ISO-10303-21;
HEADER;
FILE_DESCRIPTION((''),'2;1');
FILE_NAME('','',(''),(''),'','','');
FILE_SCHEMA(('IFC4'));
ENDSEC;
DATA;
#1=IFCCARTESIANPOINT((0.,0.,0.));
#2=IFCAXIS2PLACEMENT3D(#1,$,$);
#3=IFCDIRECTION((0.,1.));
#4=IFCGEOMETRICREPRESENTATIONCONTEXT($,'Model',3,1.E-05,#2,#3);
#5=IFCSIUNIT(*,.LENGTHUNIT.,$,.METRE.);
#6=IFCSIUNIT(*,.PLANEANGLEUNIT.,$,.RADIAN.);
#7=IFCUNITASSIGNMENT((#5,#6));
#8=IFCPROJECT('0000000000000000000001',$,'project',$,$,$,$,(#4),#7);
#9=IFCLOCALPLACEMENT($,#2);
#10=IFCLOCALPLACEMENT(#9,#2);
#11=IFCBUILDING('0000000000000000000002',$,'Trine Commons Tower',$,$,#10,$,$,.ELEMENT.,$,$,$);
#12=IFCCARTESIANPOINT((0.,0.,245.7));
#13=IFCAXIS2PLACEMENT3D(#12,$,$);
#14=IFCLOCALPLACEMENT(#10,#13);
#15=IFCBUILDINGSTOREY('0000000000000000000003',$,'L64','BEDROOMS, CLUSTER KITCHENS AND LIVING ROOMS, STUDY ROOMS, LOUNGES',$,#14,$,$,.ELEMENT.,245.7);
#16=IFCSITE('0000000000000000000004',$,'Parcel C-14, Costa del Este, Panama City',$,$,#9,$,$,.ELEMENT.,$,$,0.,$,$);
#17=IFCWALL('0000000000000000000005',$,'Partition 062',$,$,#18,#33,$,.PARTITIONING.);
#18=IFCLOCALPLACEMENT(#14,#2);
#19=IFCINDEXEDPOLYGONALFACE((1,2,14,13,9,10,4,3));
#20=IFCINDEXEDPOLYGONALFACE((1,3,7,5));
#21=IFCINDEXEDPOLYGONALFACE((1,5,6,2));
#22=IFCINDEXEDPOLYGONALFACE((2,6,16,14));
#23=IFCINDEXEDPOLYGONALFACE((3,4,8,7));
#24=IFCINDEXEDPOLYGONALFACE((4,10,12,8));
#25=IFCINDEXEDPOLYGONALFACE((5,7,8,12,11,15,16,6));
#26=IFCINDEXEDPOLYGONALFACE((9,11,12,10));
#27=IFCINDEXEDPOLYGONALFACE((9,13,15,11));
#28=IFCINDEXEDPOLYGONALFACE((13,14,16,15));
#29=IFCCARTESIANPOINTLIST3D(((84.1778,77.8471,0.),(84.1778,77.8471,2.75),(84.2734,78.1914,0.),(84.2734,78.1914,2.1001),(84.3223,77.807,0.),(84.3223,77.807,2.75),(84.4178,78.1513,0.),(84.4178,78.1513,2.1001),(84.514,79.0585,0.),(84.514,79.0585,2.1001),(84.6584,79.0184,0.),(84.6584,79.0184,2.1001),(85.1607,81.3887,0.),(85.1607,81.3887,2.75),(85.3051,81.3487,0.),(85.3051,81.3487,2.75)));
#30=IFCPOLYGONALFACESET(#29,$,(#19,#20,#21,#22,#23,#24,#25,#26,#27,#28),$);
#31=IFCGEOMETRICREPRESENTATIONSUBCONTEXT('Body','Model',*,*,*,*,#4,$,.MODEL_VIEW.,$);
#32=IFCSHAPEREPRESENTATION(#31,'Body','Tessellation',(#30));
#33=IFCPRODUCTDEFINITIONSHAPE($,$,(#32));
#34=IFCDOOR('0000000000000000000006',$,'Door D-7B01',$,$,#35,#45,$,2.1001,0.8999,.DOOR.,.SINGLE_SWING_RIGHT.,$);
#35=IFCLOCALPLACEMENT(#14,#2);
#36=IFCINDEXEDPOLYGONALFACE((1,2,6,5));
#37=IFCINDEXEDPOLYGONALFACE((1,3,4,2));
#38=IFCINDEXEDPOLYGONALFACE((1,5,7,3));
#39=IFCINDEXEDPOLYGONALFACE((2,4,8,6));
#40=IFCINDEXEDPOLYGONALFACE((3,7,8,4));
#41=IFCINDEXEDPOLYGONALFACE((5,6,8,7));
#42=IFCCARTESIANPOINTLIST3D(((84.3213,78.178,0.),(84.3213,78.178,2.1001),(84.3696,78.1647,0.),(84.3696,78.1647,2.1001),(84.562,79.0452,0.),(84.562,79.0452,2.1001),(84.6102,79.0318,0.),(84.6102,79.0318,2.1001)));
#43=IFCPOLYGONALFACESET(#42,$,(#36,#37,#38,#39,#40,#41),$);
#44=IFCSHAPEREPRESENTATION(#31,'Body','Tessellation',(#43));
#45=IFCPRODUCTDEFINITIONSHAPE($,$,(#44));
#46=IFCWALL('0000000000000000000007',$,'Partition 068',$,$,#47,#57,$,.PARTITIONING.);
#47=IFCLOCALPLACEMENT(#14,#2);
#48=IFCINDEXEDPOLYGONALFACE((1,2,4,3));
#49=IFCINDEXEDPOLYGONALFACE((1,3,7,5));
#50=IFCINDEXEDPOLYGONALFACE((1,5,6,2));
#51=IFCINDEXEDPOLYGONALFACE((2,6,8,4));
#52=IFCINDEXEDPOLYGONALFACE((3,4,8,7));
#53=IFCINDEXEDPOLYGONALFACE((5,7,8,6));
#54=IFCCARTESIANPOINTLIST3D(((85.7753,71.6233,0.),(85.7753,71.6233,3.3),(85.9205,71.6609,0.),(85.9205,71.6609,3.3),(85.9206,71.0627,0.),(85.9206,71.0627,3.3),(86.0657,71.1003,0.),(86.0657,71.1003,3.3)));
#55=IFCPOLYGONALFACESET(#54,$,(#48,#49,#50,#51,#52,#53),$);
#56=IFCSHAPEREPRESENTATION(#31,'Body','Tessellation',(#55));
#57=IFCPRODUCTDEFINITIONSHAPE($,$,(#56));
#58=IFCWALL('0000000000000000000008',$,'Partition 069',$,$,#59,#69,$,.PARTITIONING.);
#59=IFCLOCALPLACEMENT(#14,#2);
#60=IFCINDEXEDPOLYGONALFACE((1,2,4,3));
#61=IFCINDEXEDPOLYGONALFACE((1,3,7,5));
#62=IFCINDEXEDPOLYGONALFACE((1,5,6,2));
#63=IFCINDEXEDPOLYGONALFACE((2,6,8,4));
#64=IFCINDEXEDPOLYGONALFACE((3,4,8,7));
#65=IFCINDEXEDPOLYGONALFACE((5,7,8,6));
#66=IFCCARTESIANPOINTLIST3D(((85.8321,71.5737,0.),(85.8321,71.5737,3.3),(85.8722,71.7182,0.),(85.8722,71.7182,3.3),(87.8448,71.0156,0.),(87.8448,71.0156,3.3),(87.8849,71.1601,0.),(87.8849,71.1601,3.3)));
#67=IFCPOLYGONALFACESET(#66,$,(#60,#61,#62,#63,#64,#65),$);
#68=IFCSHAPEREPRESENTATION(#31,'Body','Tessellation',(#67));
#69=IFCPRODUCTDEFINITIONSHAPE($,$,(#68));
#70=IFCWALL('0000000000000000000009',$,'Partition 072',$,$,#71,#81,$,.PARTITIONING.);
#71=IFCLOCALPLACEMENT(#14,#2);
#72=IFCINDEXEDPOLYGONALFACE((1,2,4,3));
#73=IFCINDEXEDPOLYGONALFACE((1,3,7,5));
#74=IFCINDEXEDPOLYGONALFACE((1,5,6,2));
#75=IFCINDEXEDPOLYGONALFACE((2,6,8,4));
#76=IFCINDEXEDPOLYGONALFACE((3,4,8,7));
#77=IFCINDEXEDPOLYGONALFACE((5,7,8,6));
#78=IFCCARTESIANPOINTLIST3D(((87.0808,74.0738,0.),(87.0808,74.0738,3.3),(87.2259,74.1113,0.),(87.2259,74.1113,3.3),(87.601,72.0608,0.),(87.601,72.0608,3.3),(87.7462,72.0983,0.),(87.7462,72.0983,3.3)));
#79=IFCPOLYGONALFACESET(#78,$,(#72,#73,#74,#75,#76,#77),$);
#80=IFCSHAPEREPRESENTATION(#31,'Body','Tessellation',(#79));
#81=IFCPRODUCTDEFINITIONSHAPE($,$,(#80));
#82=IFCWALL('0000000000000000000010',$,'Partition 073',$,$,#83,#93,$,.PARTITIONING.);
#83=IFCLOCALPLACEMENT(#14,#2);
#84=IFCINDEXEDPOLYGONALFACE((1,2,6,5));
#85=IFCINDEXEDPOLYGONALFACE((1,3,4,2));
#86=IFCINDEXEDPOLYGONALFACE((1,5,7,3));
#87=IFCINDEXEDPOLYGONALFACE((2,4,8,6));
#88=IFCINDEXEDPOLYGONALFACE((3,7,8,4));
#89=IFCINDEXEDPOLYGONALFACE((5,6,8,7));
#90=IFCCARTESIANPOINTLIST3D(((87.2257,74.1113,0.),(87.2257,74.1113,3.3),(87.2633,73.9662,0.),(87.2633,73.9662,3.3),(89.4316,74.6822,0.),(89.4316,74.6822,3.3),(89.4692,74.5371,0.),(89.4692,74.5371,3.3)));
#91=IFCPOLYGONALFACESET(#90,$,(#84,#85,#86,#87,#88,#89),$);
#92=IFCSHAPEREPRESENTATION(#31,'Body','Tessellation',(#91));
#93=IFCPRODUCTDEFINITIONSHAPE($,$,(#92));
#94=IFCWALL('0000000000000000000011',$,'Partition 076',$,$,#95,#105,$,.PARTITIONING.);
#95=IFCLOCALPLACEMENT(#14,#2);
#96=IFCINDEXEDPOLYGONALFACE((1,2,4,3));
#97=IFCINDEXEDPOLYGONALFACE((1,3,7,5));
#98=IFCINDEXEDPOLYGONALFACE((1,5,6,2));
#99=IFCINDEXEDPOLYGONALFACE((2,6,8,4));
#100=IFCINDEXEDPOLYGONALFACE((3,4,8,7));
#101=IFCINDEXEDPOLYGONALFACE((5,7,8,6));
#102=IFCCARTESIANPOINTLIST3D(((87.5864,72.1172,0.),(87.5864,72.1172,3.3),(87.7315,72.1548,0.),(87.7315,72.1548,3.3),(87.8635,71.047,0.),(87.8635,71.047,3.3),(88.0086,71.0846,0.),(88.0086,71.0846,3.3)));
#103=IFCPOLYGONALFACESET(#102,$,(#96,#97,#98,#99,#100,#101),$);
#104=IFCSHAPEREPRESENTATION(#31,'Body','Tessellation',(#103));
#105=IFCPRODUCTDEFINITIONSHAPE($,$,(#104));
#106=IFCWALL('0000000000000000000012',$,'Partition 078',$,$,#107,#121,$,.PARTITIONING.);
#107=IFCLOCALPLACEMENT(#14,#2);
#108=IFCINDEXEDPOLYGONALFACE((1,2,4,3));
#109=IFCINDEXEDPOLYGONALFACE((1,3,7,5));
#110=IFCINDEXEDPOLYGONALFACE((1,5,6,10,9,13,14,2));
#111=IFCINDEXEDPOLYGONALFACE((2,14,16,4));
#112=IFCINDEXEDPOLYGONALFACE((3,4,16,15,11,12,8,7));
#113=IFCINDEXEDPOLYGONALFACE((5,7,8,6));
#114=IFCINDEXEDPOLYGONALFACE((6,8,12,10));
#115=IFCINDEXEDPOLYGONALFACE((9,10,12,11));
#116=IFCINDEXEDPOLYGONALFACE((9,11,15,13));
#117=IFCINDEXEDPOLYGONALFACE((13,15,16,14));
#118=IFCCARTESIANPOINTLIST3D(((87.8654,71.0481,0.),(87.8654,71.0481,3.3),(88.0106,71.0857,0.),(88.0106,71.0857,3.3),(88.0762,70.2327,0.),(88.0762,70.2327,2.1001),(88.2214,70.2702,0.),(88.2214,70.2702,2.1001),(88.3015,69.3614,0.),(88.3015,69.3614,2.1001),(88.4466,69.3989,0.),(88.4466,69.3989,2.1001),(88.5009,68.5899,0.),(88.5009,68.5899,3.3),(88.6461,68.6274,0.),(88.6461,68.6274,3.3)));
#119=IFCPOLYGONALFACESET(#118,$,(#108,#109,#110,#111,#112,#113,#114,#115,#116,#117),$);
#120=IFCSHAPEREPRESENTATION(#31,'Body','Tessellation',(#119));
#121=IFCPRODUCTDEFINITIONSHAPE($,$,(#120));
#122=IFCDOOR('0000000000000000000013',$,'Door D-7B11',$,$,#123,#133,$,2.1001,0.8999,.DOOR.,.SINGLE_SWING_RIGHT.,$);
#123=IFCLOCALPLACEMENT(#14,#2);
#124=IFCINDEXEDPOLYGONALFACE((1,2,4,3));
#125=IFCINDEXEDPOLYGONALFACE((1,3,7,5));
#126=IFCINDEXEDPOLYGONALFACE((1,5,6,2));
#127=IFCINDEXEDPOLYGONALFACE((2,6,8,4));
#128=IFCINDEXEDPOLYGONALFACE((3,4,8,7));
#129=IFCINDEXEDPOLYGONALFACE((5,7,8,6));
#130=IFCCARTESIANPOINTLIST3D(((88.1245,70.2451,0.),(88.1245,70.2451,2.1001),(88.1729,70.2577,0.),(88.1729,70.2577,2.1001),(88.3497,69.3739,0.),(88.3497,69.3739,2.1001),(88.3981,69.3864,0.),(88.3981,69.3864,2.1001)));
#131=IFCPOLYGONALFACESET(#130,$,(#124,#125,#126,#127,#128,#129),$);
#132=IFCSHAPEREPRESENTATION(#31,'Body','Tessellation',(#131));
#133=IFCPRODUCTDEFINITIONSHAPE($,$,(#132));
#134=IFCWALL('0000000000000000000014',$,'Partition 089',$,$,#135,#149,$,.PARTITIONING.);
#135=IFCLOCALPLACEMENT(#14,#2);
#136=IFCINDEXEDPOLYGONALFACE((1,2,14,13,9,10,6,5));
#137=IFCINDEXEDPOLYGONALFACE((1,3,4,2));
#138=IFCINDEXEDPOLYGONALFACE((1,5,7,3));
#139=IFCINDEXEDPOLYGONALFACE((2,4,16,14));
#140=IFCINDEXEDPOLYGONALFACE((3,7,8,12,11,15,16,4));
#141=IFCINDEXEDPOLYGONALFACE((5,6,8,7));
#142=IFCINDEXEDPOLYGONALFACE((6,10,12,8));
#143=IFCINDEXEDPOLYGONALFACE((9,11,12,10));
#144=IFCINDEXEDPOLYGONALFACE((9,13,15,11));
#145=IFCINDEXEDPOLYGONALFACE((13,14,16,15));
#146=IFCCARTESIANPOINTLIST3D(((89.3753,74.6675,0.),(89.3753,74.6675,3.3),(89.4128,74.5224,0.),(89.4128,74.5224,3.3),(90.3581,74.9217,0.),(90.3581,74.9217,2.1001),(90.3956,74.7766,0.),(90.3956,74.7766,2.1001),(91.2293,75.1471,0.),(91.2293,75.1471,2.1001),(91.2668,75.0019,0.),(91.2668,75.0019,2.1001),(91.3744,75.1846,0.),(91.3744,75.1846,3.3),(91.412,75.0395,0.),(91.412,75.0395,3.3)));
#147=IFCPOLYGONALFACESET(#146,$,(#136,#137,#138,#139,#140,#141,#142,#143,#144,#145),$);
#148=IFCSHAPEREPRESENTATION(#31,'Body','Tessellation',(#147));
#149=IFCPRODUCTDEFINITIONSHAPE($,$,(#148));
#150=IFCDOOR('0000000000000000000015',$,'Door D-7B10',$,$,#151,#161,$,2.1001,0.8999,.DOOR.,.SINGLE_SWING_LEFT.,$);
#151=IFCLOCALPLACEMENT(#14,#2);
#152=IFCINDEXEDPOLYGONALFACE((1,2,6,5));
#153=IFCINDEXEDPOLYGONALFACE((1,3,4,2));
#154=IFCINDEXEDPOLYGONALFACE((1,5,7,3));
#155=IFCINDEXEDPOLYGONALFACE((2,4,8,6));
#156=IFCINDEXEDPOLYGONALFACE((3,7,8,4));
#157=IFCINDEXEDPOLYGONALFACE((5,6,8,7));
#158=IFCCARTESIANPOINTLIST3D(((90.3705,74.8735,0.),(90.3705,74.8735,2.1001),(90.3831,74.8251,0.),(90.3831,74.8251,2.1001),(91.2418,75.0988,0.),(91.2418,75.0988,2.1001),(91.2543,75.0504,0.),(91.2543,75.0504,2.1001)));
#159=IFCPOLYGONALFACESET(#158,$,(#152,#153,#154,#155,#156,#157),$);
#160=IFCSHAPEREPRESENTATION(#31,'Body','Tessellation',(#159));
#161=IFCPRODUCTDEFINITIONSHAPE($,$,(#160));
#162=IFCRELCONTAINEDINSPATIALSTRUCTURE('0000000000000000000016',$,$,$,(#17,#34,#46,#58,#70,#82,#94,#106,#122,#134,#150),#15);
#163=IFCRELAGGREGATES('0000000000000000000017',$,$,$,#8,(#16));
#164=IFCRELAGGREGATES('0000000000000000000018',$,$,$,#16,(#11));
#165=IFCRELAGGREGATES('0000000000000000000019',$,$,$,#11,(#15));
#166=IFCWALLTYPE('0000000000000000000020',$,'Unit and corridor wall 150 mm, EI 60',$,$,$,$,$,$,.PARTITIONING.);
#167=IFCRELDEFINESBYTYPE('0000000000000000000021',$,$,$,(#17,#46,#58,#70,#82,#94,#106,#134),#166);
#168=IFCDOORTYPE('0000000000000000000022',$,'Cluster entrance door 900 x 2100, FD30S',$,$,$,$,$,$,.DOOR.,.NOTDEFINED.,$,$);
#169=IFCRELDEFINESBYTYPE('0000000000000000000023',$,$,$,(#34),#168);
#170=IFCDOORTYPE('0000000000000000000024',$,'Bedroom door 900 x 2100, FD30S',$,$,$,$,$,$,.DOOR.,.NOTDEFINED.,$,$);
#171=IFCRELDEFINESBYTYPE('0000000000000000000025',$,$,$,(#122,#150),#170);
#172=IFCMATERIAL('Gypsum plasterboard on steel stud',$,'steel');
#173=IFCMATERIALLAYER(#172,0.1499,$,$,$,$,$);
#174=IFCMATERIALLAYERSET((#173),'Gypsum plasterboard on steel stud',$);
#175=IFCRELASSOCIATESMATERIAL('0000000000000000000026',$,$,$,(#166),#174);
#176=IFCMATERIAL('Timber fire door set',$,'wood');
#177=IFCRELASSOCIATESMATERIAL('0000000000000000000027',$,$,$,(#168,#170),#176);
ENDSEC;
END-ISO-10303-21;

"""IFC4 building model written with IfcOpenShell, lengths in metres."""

from ifc_helpers import new_model, si_unit, direction, frame, frame_2d, origin, place, context, subcontext, project, spatial, rectangle, extrude, material, layer, layer_set, type_object, element, fill, save


model = new_model("IFC4")

# Units and contexts
model_context = context("Model", 3, precision=1e-05, world=origin(), true_north=direction((0.0, 1.0)))
body_context = subcontext(model_context, "Body", "Model", "MODEL_VIEW")
ifc_project = project(units=[si_unit("LENGTHUNIT", "METRE"), si_unit("PLANEANGLEUNIT", "RADIAN")], contexts=[model_context])

# Site, building, storey
site_placement = place(None, origin())
site = spatial("IfcSite", under=ifc_project, at=site_placement, Name="Parcel C-14, Costa del Este, Panama City", CompositionType="ELEMENT", RefElevation=0.0)
building_placement = place(site_placement, origin())
building = spatial("IfcBuilding", under=site, at=building_placement, Name="Trine Commons Tower", CompositionType="ELEMENT")
storey_placement = place(building_placement, frame((0.0, 0.0, 245.7)))
storey = spatial("IfcBuildingStorey", under=building, at=storey_placement, Name="L64", Description="BEDROOMS, CLUSTER KITCHENS AND LIVING ROOMS, STUDY ROOMS, LOUNGES", CompositionType="ELEMENT", Elevation=245.7)

# Shared definitions
ifc_material_1 = material(Name="Gypsum plasterboard on steel stud", Category="steel")
ifc_layer_1 = layer(ifc_material_1, 0.1499)
ifc_layer_set_1 = layer_set([ifc_layer_1], Name="Gypsum plasterboard on steel stud")
wall_type_1 = type_object("IfcWallType", Name="Unit and corridor wall 150 mm, EI 60", PredefinedType="PARTITIONING", material=ifc_layer_set_1)

# Wall, opening, door
wall_1_placement = place(storey_placement, frame((84.25, 77.8269, 0.0), z_axis=(0.0, 0.0, 1.0), x_axis=(0.267414, 0.963582, 0.0)))
wall_1 = element("IfcWall", 1, at=wall_1_placement, inside=storey, type_object=wall_type_1, Name="Partition 062", PredefinedType="PARTITIONING", context=body_context, shape_type="SweptSolid", body=[
    extrude(rectangle(XDim=3.6755, YDim=0.1499, at=frame_2d((1.8379, 0.0))), origin(), (0.0, 0.0, 1.0), 2.75),
])
opening_1_placement = place(wall_1_placement, frame((0.3574, 0.0, 0.0)))
opening_1 = element("IfcOpeningElement", 2, at=opening_1_placement, cuts=wall_1, PredefinedType="OPENING", context=body_context, shape_type="SweptSolid", body=[
    extrude(rectangle(XDim=0.8999, YDim=2.1001, at=frame_2d((0.45, 1.05))), frame((0.0, 0.085, 0.0), z_axis=(0.0, -1.0, 0.0), x_axis=(1.0, 0.0, 0.0)), (0.0, 0.0, 1.0), 0.1699),
])
ifc_material_2 = material(Name="Timber fire door set", Category="wood")
door_type_1 = type_object("IfcDoorType", Name="Cluster entrance door 900 x 2100, FD30S", OperationType="NOTDEFINED", PredefinedType="DOOR", material=ifc_material_2)
door_1_placement = place(opening_1_placement, frame((0.8999, 0.0, 0.0), z_axis=(0.0, 0.0, 1.0), x_axis=(-1.0, 0.0, 0.0)))
door_1 = element("IfcDoor", 3, at=door_1_placement, inside=storey, type_object=door_type_1, Name="Door D-7B01", OperationType="SINGLE_SWING_RIGHT", OverallHeight=2.1001, OverallWidth=0.8999, PredefinedType="DOOR", context=body_context, shape_type="SweptSolid", body=[
    extrude(rectangle(XDim=0.8999, YDim=2.1001, at=frame_2d((0.45, 1.05))), frame((0.0, 0.0249, 0.0), z_axis=(0.0, -1.0, 0.0), x_axis=(1.0, 0.0, 0.0)), (0.0, 0.0, 1.0), 0.05),
])
fill(opening_1, door_1)

# Walls
wall_2_placement = place(storey_placement, frame((85.8479, 71.6421, 0.0), z_axis=(0.0, 0.0, 1.0), x_axis=(0.25086, -0.968023, 0.0)))
element("IfcWall", 4, at=wall_2_placement, inside=storey, type_object=wall_type_1, Name="Partition 068", PredefinedType="PARTITIONING", context=body_context, shape_type="SweptSolid", body=[
    extrude(rectangle(XDim=0.5791, YDim=0.1499, at=frame_2d((0.2896, 0.0))), origin(), (0.0, 0.0, 1.0), 3.3),
])
wall_3_placement = place(storey_placement, frame((85.8521, 71.646, 0.0), z_axis=(0.0, 0.0, 1.0), x_axis=(0.963638, -0.26721, 0.0)))
element("IfcWall", 5, at=wall_3_placement, inside=storey, type_object=wall_type_1, Name="Partition 069", PredefinedType="PARTITIONING", context=body_context, shape_type="SweptSolid", body=[
    extrude(rectangle(XDim=2.0886, YDim=0.1499, at=frame_2d((1.0444, 0.0))), origin(), (0.0, 0.0, 1.0), 3.3),
])
wall_4_placement = place(storey_placement, frame((87.1533, 74.0925, 0.0), z_axis=(0.0, 0.0, 1.0), x_axis=(0.250237, -0.968185, 0.0)))
element("IfcWall", 6, at=wall_4_placement, inside=storey, type_object=wall_type_1, Name="Partition 072", PredefinedType="PARTITIONING", context=body_context, shape_type="SweptSolid", body=[
    extrude(rectangle(XDim=2.0791, YDim=0.1499, at=frame_2d((1.0396, 0.0))), origin(), (0.0, 0.0, 1.0), 3.3),
])
wall_5_placement = place(storey_placement, frame((87.2446, 74.0388, 0.0), z_axis=(0.0, 0.0, 1.0), x_axis=(0.968112, 0.25052, 0.0)))
element("IfcWall", 7, at=wall_5_placement, inside=storey, type_object=wall_type_1, Name="Partition 073", PredefinedType="PARTITIONING", context=body_context, shape_type="SweptSolid", body=[
    extrude(rectangle(XDim=2.2786, YDim=0.1499, at=frame_2d((1.1392, 0.0))), origin(), (0.0, 0.0, 1.0), 3.3),
])
wall_6_placement = place(storey_placement, frame((87.6589, 72.136, 0.0), z_axis=(0.0, 0.0, 1.0), x_axis=(0.250686, -0.968068, 0.0)))
element("IfcWall", 8, at=wall_6_placement, inside=storey, type_object=wall_type_1, Name="Partition 076", PredefinedType="PARTITIONING", context=body_context, shape_type="SweptSolid", body=[
    extrude(rectangle(XDim=1.1055, YDim=0.1499, at=frame_2d((0.5527, 0.0))), origin(), (0.0, 0.0, 1.0), 3.3),
])

# Walls, openings, doors
wall_7_placement = place(storey_placement, frame((87.938, 71.0669, 0.0), z_axis=(0.0, 0.0, 1.0), x_axis=(0.250288, -0.968171, 0.0)))
wall_7 = element("IfcWall", 9, at=wall_7_placement, inside=storey, type_object=wall_type_1, Name="Partition 078", PredefinedType="PARTITIONING", context=body_context, shape_type="SweptSolid", body=[
    extrude(rectangle(XDim=2.5391, YDim=0.1499, at=frame_2d((1.2695, 0.0))), origin(), (0.0, 0.0, 1.0), 3.3),
])
opening_2_placement = place(wall_7_placement, frame((0.8423, 0.0, 0.0)))
opening_2 = element("IfcOpeningElement", 10, at=opening_2_placement, cuts=wall_7, PredefinedType="OPENING", context=body_context, shape_type="SweptSolid", body=[
    extrude(rectangle(XDim=0.8999, YDim=2.1001, at=frame_2d((0.45, 1.05))), frame((0.0, 0.085, 0.0), z_axis=(0.0, -1.0, 0.0), x_axis=(1.0, 0.0, 0.0)), (0.0, 0.0, 1.0), 0.1699),
])
door_type_2 = type_object("IfcDoorType", Name="Bedroom door 900 x 2100, FD30S", OperationType="NOTDEFINED", PredefinedType="DOOR", material=ifc_material_2)
door_2_placement = place(opening_2_placement, origin())
door_2 = element("IfcDoor", 11, at=door_2_placement, inside=storey, type_object=door_type_2, Name="Door D-7B11", OperationType="SINGLE_SWING_RIGHT", OverallHeight=2.1001, OverallWidth=0.8999, PredefinedType="DOOR", context=body_context, shape_type="SweptSolid", body=[
    extrude(rectangle(XDim=0.8999, YDim=2.1001, at=frame_2d((0.45, 1.05))), frame((0.0, 0.0249, 0.0), z_axis=(0.0, -1.0, 0.0), x_axis=(1.0, 0.0, 0.0)), (0.0, 0.0, 1.0), 0.05),
])
fill(opening_2, door_2)
wall_8_placement = place(storey_placement, frame((89.394, 74.595, 0.0), z_axis=(0.0, 0.0, 1.0), x_axis=(0.968142, 0.2504, 0.0)))
wall_8 = element("IfcWall", 12, at=wall_8_placement, inside=storey, type_object=wall_type_1, Name="Partition 089", PredefinedType="PARTITIONING", context=body_context, shape_type="SweptSolid", body=[
    extrude(rectangle(XDim=2.0649, YDim=0.1499, at=frame_2d((1.0325, 0.0))), origin(), (0.0, 0.0, 1.0), 3.3),
])
opening_3_placement = place(wall_8_placement, frame((1.0151, 0.0, 0.0)))
opening_3 = element("IfcOpeningElement", 13, at=opening_3_placement, cuts=wall_8, PredefinedType="OPENING", context=body_context, shape_type="SweptSolid", body=[
    extrude(rectangle(XDim=0.8999, YDim=2.1001, at=frame_2d((0.45, 1.05))), frame((0.0, 0.085, 0.0), z_axis=(0.0, -1.0, 0.0), x_axis=(1.0, 0.0, 0.0)), (0.0, 0.0, 1.0), 0.1699),
])
door_3_placement = place(opening_3_placement, frame((0.8999, 0.0, 0.0), z_axis=(0.0, 0.0, 1.0), x_axis=(-1.0, 0.0, 0.0)))
door_3 = element("IfcDoor", 14, at=door_3_placement, inside=storey, type_object=door_type_2, Name="Door D-7B10", OperationType="SINGLE_SWING_LEFT", OverallHeight=2.1001, OverallWidth=0.8999, PredefinedType="DOOR", context=body_context, shape_type="SweptSolid", body=[
    extrude(rectangle(XDim=0.8999, YDim=2.1001, at=frame_2d((0.45, 1.05))), frame((0.0, 0.0249, 0.0), z_axis=(0.0, -1.0, 0.0), x_axis=(1.0, 0.0, 0.0)), (0.0, 0.0, 1.0), 0.05),
])
fill(opening_3, door_3)

save(model, "model.ifc")
